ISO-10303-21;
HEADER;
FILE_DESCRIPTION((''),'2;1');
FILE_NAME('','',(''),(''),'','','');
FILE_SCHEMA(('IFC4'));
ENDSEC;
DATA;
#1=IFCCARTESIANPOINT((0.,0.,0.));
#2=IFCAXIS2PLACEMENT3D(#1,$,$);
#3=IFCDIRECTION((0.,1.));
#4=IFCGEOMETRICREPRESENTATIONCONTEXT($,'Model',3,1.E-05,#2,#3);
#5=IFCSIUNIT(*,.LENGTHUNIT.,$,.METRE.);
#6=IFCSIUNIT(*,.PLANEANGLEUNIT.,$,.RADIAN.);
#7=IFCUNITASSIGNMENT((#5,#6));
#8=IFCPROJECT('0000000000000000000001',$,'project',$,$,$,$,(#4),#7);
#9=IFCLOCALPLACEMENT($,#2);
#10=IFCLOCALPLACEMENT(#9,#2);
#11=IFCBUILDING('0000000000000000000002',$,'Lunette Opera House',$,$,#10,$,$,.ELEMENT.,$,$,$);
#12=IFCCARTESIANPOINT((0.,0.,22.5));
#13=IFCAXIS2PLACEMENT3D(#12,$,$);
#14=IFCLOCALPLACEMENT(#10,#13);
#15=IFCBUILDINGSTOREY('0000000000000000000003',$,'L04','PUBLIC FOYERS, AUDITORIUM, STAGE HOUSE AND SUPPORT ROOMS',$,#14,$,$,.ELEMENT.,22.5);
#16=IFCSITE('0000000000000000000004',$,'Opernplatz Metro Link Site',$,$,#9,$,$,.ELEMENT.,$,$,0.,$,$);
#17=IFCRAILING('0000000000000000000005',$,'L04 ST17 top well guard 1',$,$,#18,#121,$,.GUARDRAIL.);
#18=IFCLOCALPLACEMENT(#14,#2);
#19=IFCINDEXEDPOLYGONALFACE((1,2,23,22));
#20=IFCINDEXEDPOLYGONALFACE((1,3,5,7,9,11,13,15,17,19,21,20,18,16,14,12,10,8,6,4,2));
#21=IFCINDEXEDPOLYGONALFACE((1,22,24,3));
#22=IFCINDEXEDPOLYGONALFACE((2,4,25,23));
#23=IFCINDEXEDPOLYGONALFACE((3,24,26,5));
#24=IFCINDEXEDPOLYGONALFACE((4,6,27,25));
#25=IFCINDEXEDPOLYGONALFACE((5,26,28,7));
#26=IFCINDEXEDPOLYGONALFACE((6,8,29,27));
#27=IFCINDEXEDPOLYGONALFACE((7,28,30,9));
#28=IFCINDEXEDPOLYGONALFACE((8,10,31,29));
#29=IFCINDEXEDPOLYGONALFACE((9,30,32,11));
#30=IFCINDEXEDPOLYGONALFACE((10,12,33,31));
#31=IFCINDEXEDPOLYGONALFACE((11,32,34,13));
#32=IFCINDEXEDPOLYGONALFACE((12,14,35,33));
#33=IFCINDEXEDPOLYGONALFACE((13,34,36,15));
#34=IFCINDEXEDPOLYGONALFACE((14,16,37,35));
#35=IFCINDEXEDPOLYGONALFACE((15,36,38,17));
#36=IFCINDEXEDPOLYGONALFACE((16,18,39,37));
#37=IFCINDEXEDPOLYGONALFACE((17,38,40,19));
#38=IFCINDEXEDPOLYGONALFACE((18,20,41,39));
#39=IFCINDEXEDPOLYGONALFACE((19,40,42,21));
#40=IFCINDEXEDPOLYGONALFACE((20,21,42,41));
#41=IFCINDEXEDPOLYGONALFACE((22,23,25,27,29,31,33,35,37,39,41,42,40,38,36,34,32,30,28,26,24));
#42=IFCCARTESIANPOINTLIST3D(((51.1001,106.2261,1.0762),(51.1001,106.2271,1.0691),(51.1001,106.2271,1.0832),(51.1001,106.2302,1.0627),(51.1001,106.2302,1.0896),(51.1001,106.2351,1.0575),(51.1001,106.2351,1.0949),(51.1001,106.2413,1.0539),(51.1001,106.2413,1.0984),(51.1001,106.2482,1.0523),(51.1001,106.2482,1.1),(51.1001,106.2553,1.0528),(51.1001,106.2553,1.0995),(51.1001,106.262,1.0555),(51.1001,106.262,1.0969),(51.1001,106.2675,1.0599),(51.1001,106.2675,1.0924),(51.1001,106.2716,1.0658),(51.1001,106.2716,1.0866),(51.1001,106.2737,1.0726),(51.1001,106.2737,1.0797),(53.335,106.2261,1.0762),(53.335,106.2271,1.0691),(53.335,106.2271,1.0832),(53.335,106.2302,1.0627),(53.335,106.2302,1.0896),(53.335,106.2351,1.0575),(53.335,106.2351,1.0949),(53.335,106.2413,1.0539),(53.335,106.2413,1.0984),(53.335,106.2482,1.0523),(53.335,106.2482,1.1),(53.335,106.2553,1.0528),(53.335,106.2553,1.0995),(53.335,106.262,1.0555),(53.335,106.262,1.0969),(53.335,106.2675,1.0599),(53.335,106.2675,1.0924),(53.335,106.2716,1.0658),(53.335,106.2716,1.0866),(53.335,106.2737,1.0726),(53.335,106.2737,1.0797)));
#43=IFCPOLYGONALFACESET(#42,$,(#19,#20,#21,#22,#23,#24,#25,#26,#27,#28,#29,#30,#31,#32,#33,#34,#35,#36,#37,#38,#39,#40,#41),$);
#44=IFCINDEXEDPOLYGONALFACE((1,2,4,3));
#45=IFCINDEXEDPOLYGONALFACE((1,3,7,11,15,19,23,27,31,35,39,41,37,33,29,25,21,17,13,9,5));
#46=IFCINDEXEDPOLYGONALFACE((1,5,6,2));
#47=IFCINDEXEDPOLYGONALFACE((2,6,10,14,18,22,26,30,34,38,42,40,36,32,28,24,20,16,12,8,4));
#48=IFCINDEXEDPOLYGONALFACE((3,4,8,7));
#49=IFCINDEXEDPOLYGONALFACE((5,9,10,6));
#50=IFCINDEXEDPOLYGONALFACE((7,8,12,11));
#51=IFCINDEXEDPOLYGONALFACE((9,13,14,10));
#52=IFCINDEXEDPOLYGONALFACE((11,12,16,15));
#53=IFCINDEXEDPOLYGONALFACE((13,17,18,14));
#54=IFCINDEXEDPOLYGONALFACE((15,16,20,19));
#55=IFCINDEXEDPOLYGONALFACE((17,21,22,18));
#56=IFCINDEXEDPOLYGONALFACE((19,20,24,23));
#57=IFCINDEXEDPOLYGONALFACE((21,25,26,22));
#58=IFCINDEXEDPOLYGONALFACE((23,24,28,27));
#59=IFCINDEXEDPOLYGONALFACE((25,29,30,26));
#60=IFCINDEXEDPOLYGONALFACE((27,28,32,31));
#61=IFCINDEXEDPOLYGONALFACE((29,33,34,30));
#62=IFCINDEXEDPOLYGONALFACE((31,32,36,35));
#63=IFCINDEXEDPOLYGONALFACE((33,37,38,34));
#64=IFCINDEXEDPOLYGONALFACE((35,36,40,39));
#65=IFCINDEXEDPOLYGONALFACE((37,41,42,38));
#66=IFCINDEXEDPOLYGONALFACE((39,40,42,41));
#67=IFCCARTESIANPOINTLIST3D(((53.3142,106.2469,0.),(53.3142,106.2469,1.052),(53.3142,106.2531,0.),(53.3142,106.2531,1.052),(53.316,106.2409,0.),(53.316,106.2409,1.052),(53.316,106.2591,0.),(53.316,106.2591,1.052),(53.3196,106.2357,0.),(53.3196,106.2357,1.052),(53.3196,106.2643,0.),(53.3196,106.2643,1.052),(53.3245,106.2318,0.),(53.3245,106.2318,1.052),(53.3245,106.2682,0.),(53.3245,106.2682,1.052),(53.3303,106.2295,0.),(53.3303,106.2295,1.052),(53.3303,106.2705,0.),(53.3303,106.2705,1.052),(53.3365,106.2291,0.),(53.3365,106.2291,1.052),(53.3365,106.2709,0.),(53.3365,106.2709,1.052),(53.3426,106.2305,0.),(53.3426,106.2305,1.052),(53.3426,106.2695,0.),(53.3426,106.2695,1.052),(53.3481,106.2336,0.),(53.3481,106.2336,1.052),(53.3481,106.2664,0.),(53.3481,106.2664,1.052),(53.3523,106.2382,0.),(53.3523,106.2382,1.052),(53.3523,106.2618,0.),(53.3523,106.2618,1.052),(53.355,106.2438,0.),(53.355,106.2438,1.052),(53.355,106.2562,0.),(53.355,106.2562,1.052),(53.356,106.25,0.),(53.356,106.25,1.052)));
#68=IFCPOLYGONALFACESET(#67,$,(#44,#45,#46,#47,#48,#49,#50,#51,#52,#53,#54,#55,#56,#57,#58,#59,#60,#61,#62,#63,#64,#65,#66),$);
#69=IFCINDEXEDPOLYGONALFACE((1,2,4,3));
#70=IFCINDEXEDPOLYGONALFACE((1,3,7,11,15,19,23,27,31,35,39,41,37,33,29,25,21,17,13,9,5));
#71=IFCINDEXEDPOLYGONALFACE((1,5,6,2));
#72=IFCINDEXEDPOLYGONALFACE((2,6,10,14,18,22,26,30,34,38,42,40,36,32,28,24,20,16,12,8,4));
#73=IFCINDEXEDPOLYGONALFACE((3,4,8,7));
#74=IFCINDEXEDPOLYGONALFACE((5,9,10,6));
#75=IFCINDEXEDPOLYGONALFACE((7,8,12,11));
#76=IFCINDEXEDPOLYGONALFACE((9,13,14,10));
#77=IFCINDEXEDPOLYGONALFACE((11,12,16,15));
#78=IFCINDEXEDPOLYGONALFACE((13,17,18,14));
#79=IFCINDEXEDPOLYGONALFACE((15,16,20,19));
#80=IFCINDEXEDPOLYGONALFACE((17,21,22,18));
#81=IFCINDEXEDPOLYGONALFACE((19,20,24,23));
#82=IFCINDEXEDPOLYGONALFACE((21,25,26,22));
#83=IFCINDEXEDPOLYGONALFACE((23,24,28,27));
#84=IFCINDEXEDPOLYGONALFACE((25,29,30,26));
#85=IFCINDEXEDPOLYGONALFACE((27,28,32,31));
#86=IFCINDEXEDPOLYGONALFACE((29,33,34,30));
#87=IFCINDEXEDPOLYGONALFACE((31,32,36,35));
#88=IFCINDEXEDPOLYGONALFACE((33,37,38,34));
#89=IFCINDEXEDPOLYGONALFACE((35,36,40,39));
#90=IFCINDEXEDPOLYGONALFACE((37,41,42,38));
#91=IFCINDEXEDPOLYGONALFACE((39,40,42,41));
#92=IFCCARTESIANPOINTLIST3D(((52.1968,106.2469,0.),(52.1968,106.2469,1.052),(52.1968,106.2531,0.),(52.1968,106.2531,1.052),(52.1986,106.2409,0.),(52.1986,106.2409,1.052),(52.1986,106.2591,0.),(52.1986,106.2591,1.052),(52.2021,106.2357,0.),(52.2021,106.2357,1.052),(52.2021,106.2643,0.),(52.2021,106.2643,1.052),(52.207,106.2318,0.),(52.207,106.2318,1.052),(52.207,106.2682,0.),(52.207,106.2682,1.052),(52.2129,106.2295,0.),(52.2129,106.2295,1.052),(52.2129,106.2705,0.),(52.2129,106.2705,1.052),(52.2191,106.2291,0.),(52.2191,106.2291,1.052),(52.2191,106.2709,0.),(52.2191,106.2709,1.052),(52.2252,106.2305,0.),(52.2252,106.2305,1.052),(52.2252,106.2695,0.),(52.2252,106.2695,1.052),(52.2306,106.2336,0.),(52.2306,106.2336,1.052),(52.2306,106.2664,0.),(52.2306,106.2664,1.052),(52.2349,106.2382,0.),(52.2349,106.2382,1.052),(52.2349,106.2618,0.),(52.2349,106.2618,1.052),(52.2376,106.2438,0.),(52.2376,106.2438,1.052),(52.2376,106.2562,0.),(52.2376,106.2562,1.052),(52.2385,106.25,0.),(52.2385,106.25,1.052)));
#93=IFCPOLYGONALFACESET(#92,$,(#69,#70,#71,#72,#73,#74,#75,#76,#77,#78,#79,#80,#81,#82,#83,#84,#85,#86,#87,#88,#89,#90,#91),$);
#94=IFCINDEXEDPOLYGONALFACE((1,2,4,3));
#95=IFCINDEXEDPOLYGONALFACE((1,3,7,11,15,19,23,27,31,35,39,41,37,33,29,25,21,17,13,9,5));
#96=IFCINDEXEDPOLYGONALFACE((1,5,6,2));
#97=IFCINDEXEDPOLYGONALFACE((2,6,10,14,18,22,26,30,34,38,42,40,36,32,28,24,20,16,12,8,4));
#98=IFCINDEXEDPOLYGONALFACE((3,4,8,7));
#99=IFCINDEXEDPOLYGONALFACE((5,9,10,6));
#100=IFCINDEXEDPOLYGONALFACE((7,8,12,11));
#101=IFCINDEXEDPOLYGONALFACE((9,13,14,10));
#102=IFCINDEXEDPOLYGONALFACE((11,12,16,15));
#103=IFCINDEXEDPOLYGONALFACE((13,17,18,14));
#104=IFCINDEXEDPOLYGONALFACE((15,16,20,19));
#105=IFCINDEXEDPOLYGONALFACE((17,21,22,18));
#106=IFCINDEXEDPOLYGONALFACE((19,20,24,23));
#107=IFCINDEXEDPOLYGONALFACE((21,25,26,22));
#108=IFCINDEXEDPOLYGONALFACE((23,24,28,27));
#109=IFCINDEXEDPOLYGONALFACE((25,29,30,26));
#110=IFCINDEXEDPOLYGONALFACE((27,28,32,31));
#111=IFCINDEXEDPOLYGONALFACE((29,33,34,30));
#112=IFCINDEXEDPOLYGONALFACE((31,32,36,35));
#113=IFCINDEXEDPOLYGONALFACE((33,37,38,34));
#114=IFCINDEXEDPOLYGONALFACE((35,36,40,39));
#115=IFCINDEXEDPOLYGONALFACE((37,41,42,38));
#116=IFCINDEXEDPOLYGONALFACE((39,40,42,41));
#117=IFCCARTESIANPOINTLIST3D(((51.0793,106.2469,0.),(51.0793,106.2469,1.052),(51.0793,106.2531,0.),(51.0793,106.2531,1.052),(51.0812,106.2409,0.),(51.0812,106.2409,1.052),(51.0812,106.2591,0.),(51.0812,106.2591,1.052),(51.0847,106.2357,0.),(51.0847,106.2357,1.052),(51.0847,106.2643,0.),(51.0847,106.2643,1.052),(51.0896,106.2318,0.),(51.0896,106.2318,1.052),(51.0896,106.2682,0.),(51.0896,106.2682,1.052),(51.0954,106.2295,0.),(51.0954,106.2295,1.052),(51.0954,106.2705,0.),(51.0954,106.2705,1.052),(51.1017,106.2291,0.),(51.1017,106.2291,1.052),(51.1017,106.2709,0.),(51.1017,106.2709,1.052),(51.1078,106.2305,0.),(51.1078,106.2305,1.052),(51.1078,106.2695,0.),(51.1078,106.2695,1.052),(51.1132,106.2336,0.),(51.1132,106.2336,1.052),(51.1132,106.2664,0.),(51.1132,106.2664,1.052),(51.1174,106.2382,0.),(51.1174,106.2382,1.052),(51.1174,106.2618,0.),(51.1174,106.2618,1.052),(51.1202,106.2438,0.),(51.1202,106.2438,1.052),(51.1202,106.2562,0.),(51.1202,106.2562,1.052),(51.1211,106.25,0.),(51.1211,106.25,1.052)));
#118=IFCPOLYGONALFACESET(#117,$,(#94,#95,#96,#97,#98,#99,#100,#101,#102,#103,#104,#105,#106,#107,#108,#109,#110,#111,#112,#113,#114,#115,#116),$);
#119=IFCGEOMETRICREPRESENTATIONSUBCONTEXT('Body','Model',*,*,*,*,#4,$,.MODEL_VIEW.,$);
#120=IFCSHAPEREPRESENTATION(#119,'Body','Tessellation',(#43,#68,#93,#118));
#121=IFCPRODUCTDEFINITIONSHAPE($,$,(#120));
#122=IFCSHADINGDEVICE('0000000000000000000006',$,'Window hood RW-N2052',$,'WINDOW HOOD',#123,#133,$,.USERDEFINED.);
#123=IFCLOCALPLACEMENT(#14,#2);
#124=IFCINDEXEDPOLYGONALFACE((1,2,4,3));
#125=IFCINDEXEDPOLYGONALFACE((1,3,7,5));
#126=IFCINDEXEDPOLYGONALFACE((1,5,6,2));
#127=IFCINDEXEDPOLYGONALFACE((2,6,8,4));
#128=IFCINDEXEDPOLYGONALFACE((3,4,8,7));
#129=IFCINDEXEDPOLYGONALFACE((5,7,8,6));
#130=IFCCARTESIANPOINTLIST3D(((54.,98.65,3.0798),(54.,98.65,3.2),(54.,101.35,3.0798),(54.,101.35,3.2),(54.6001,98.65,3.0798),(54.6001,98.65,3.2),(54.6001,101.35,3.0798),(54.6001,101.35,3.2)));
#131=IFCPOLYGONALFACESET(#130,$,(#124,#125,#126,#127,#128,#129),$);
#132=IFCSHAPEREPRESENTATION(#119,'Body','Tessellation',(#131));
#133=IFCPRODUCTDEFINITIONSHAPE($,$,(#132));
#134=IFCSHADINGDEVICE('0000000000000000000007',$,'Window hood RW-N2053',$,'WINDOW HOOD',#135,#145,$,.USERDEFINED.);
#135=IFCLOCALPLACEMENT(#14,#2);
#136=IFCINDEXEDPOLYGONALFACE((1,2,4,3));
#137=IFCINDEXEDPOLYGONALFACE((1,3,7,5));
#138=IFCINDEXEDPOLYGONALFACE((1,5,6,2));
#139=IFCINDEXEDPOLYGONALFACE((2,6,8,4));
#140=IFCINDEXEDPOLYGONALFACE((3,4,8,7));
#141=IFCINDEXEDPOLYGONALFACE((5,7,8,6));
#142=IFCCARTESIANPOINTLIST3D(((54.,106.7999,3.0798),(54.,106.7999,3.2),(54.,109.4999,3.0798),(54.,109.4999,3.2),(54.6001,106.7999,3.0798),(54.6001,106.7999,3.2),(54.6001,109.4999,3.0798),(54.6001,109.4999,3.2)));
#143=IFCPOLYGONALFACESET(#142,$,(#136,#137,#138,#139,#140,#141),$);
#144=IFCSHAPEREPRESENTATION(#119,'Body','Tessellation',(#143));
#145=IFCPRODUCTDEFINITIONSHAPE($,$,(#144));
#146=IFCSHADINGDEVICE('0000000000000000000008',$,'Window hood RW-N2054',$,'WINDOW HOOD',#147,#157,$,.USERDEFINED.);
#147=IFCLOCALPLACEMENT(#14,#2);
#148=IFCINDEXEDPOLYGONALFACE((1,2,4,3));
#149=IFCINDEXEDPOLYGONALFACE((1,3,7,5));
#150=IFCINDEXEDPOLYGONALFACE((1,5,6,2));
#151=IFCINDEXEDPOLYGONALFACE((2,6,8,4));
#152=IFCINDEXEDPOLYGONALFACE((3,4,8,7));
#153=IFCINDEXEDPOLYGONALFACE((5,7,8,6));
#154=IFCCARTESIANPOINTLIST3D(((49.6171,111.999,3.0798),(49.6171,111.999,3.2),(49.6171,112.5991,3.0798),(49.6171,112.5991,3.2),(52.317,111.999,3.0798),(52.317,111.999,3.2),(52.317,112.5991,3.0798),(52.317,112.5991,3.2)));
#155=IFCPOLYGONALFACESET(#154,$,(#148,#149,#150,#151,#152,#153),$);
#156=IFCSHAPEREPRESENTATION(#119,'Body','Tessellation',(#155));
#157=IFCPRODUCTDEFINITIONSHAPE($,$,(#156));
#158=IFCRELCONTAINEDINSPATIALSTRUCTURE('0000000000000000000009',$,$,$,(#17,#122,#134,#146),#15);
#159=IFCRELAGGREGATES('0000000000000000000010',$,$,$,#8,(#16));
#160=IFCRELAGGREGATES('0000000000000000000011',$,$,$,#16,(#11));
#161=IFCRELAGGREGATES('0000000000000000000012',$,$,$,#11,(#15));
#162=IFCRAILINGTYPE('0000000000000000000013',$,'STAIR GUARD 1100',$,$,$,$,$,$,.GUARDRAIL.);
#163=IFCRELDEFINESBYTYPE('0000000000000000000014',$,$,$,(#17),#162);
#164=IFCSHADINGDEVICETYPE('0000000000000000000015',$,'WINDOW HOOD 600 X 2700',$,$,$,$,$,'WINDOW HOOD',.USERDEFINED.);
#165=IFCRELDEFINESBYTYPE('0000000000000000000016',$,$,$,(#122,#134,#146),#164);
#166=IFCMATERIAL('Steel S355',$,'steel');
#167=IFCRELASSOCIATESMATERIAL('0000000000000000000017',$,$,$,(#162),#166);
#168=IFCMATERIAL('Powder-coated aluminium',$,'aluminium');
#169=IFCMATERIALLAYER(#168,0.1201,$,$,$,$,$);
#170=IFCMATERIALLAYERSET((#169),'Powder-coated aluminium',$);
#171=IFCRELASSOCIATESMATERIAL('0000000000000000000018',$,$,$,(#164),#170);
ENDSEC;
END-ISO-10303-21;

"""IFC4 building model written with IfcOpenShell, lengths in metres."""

from ifc_helpers import new_model, si_unit, direction, frame, origin, origin_2d, place, context, subcontext, project, spatial, rectangle, circle, extrude, material, layer, layer_set, type_object, element, save


model = new_model("IFC4")

# Units and contexts
model_context = context("Model", 3, precision=1e-05, world=origin(), true_north=direction((0.0, 1.0)))
body_context = subcontext(model_context, "Body", "Model", "MODEL_VIEW")
ifc_project = project(units=[si_unit("LENGTHUNIT", "METRE"), si_unit("PLANEANGLEUNIT", "RADIAN")], contexts=[model_context])

# Site, building, storey
site_placement = place(None, origin())
site = spatial("IfcSite", under=ifc_project, at=site_placement, Name="Opernplatz Metro Link Site", CompositionType="ELEMENT", RefElevation=0.0)
building_placement = place(site_placement, origin())
building = spatial("IfcBuilding", under=site, at=building_placement, Name="Lunette Opera House", CompositionType="ELEMENT")
storey_placement = place(building_placement, frame((0.0, 0.0, 22.5)))
storey = spatial("IfcBuildingStorey", under=building, at=storey_placement, Name="L04", Description="PUBLIC FOYERS, AUDITORIUM, STAGE HOUSE AND SUPPORT ROOMS", CompositionType="ELEMENT", Elevation=22.5)

# Railing
ifc_material_1 = material(Name="Steel S355", Category="steel")
railing_type = type_object("IfcRailingType", Name="STAIR GUARD 1100", PredefinedType="GUARDRAIL", material=ifc_material_1)
railing_placement = place(storey_placement, frame((53.335, 106.25, 0.0)))
element("IfcRailing", 1, at=railing_placement, inside=storey, type_object=railing_type, Name="L04 ST17 top well guard 1", PredefinedType="GUARDRAIL", context=body_context, shape_type="SweptSolid", body=[
    extrude(circle(Radius=0.0239, at=origin_2d()), frame((0.0, 0.0, 1.0762), z_axis=(-1.0, 0.0, 0.0), x_axis=(0.0, -1.0, 0.0)), (0.0, 0.0, 1.0), 2.2349),
    extrude(circle(Radius=0.021, at=origin_2d()), origin(), (0.0, 0.0, 1.0), 1.052),
    extrude(circle(Radius=0.021, at=origin_2d()), frame((-1.1174, 0.0, 0.0)), (0.0, 0.0, 1.0), 1.052),
    extrude(circle(Radius=0.021, at=origin_2d()), frame((-2.2349, 0.0, 0.0)), (0.0, 0.0, 1.0), 1.052),
])

# Shading devices
ifc_material_2 = material(Name="Powder-coated aluminium", Category="aluminium")
ifc_layer_1 = layer(ifc_material_2, 0.1201)
ifc_layer_set_1 = layer_set([ifc_layer_1], Name="Powder-coated aluminium")
shading_device_type = type_object("IfcShadingDeviceType", Name="WINDOW HOOD 600 X 2700", ElementType="WINDOW HOOD", PredefinedType="USERDEFINED", material=ifc_layer_set_1)
for number, where, z_axis, x_axis, name in (
    (2, (54.3, 100.0, 3.0798), (0.0, 0.0, 1.0), (1.0, 0.0, 0.0), "Window hood RW-N2052"),
    (3, (54.3, 108.1499, 3.0798), (0.0, 0.0, 1.0), (1.0, 0.0, 0.0), "Window hood RW-N2053"),
    (4, (50.967, 112.2991, 3.0798), (0.0, 0.0, 1.0), (0.0, 1.0, 0.0), "Window hood RW-N2054"),
):
    element("IfcShadingDevice", number, at=place(storey_placement, frame(where, z_axis=z_axis, x_axis=x_axis)), inside=storey, type_object=shading_device_type, Name=name, ObjectType="WINDOW HOOD", PredefinedType="USERDEFINED", context=body_context, shape_type="SweptSolid", body=[
        extrude(rectangle(XDim=0.6001, YDim=2.7, at=origin_2d()), origin(), (0.0, 0.0, 1.0), 0.1201),
    ])

save(model, "model.ifc")
